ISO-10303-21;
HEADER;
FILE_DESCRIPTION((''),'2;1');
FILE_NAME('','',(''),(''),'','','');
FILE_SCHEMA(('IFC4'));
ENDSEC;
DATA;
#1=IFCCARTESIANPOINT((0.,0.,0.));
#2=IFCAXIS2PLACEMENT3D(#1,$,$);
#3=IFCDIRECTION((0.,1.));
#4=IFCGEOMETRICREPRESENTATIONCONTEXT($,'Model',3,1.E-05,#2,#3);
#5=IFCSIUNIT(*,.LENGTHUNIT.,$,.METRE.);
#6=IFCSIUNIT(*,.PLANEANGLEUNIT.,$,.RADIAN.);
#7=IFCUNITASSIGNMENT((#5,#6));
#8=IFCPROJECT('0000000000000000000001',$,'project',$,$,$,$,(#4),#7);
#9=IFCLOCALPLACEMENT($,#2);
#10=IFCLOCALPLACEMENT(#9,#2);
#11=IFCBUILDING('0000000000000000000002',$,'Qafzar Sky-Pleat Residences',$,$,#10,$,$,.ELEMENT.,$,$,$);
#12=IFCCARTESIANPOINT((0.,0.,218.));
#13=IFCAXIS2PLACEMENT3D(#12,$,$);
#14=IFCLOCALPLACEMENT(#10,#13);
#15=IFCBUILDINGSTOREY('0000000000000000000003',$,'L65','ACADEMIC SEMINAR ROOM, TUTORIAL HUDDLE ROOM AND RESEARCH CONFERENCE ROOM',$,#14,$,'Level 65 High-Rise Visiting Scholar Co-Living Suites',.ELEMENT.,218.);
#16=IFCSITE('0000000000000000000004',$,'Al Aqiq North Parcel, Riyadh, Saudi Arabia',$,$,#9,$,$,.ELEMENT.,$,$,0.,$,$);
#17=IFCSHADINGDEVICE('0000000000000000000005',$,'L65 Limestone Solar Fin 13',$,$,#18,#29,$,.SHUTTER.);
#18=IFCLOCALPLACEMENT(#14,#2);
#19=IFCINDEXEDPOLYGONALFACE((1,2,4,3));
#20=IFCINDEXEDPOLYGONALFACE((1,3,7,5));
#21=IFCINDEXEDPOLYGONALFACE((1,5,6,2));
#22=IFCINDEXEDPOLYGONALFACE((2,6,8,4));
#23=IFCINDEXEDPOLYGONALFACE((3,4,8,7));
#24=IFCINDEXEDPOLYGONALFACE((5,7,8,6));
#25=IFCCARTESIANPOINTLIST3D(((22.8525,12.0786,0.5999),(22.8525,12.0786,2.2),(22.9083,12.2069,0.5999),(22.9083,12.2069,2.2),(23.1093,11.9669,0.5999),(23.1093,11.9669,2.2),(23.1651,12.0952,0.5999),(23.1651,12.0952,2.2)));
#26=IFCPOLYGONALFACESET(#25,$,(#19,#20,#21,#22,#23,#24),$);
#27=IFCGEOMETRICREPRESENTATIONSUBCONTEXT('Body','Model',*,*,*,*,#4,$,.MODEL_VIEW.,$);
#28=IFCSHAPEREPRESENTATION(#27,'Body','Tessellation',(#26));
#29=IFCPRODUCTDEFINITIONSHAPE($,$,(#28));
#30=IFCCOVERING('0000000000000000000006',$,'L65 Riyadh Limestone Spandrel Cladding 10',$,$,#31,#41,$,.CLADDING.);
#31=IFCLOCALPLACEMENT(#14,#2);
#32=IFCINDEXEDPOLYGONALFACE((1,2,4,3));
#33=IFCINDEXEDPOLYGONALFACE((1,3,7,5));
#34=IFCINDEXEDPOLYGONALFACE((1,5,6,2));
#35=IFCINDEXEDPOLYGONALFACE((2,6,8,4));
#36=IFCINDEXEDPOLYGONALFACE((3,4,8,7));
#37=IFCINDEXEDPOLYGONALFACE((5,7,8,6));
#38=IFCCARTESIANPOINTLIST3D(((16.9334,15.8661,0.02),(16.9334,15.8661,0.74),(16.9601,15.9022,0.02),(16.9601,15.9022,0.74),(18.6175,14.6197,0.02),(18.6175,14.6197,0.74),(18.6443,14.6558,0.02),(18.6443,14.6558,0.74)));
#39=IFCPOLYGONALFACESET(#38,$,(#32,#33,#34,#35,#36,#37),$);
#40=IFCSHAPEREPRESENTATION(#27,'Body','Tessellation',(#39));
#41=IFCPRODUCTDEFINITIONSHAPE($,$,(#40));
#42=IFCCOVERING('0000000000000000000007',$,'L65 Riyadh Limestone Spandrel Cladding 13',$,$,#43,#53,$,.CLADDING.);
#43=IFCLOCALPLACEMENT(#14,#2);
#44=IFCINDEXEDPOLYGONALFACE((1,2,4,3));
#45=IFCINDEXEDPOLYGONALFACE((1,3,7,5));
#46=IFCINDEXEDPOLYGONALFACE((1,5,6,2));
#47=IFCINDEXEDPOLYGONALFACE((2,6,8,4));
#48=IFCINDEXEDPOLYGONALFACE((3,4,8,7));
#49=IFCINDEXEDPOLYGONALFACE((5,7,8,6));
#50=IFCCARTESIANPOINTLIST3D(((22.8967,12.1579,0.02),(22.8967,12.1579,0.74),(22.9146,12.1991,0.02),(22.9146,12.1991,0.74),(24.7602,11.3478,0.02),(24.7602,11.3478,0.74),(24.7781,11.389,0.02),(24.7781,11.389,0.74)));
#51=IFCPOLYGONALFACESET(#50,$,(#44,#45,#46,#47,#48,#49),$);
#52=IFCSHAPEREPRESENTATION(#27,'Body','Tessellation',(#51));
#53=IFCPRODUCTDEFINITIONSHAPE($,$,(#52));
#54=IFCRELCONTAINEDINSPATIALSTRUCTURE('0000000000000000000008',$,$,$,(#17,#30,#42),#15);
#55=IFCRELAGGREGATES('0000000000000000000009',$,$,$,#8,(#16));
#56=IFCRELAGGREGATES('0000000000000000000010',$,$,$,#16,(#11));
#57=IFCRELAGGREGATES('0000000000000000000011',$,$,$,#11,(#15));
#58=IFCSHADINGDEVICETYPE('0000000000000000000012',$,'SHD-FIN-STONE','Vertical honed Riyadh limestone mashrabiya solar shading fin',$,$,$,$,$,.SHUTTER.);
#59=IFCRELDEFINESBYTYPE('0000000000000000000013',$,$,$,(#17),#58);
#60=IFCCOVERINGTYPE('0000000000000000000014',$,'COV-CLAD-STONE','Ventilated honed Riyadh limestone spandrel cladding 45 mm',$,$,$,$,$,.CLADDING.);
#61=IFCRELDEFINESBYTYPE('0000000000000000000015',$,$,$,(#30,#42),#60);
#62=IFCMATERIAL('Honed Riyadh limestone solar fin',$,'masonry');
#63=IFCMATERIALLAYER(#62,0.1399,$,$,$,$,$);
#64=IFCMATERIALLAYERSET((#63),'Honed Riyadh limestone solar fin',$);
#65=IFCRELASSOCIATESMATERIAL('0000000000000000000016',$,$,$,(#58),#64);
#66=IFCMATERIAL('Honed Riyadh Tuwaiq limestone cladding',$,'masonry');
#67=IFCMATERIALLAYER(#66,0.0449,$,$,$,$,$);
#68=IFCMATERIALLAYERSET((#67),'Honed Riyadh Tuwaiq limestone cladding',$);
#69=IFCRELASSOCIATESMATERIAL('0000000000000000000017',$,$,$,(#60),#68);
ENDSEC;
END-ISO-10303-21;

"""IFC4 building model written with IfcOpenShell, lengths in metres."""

from ifc_helpers import new_model, si_unit, direction, frame, origin, origin_2d, place, context, subcontext, project, spatial, rectangle, extrude, source, transform, mapped, material, layer, layer_set, type_object, element, save


model = new_model("IFC4")

# Units and contexts
model_context = context("Model", 3, precision=1e-05, world=origin(), true_north=direction((0.0, 1.0)))
body_context = subcontext(model_context, "Body", "Model", "MODEL_VIEW")
ifc_project = project(units=[si_unit("LENGTHUNIT", "METRE"), si_unit("PLANEANGLEUNIT", "RADIAN")], contexts=[model_context])

# Site, building, storey
site_placement = place(None, origin())
site = spatial("IfcSite", under=ifc_project, at=site_placement, Name="Al Aqiq North Parcel, Riyadh, Saudi Arabia", CompositionType="ELEMENT", RefElevation=0.0)
building_placement = place(site_placement, origin())
building = spatial("IfcBuilding", under=site, at=building_placement, Name="Qafzar Sky-Pleat Residences", CompositionType="ELEMENT")
storey_placement = place(building_placement, frame((0.0, 0.0, 218.0)))
storey = spatial("IfcBuildingStorey", under=building, at=storey_placement, Name="L65", Description="ACADEMIC SEMINAR ROOM, TUTORIAL HUDDLE ROOM AND RESEARCH CONFERENCE ROOM", LongName="Level 65 High-Rise Visiting Scholar Co-Living Suites", CompositionType="ELEMENT", Elevation=218.0)

# Shading device
ifc_material_1 = material(Name="Honed Riyadh limestone solar fin", Category="masonry")
ifc_layer_1 = layer(ifc_material_1, 0.1399)
ifc_layer_set_1 = layer_set([ifc_layer_1], Name="Honed Riyadh limestone solar fin")
shading_device_type = type_object("IfcShadingDeviceType", Name="SHD-FIN-STONE", Description="Vertical honed Riyadh limestone mashrabiya solar shading fin", PredefinedType="SHUTTER", material=ifc_layer_set_1)
shared_shape_1 = source(origin(), body_context, "Body", "SweptSolid", [
    extrude(rectangle(XDim=0.1399, YDim=0.28, at=origin_2d()), origin(), (0.0, 0.0, 1.0), 1.6001),
])
shading_device_placement = place(storey_placement, frame((23.0088, 12.0869, 0.5999), z_axis=(0.0, 0.0, 1.0), x_axis=(-0.398726, -0.91707, 0.0)))
element("IfcShadingDevice", 1, at=shading_device_placement, inside=storey, type_object=shading_device_type, Name="L65 Limestone Solar Fin 13", PredefinedType="SHUTTER", context=body_context, shape_type="MappedRepresentation", body=[
    mapped(shared_shape_1, transform((0.0, 0.0, 0.0), x_axis=(1.0, 0.0, 0.0), y_axis=(0.0, 1.0, 0.0), z_axis=(0.0, 0.0, 1.0), scale=1.0)),
])

# Coverings
ifc_material_2 = material(Name="Honed Riyadh Tuwaiq limestone cladding", Category="masonry")
ifc_layer_2 = layer(ifc_material_2, 0.0449)
ifc_layer_set_2 = layer_set([ifc_layer_2], Name="Honed Riyadh Tuwaiq limestone cladding")
covering_type_1 = type_object("IfcCoveringType", Name="COV-CLAD-STONE", Description="Ventilated honed Riyadh limestone spandrel cladding 45 mm", PredefinedType="CLADDING", material=ifc_layer_set_2)
shared_shape_2 = source(origin(), body_context, "Body", "SweptSolid", [
    extrude(rectangle(XDim=2.0952, YDim=0.0449, at=origin_2d()), origin(), (0.0, 0.0, 1.0), 0.72),
])
covering_1_placement = place(storey_placement, frame((17.7888, 15.261, 0.02), z_axis=(0.0, 0.0, 1.0), x_axis=(0.803819, -0.594874, 0.0)))
element("IfcCovering", 2, at=covering_1_placement, inside=storey, type_object=covering_type_1, Name="L65 Riyadh Limestone Spandrel Cladding 10", PredefinedType="CLADDING", context=body_context, shape_type="MappedRepresentation", body=[
    mapped(shared_shape_2, transform((0.0, 0.0, 0.0), x_axis=(1.0, 0.0, 0.0), y_axis=(0.0, 1.0, 0.0), z_axis=(0.0, 0.0, 1.0), scale=1.0)),
])
shared_shape_3 = source(origin(), body_context, "Body", "SweptSolid", [
    extrude(rectangle(XDim=2.032, YDim=0.0449, at=origin_2d()), origin(), (0.0, 0.0, 1.0), 0.72),
])
covering_2_placement = place(storey_placement, frame((23.8374, 11.7734, 0.02), z_axis=(0.0, 0.0, 1.0), x_axis=(0.91708, -0.398703, 0.0)))
element("IfcCovering", 3, at=covering_2_placement, inside=storey, type_object=covering_type_1, Name="L65 Riyadh Limestone Spandrel Cladding 13", PredefinedType="CLADDING", context=body_context, shape_type="MappedRepresentation", body=[
    mapped(shared_shape_3, transform((0.0, 0.0, 0.0), x_axis=(1.0, 0.0, 0.0), y_axis=(0.0, 1.0, 0.0), z_axis=(0.0, 0.0, 1.0), scale=1.0)),
])

save(model, "model.ifc")
